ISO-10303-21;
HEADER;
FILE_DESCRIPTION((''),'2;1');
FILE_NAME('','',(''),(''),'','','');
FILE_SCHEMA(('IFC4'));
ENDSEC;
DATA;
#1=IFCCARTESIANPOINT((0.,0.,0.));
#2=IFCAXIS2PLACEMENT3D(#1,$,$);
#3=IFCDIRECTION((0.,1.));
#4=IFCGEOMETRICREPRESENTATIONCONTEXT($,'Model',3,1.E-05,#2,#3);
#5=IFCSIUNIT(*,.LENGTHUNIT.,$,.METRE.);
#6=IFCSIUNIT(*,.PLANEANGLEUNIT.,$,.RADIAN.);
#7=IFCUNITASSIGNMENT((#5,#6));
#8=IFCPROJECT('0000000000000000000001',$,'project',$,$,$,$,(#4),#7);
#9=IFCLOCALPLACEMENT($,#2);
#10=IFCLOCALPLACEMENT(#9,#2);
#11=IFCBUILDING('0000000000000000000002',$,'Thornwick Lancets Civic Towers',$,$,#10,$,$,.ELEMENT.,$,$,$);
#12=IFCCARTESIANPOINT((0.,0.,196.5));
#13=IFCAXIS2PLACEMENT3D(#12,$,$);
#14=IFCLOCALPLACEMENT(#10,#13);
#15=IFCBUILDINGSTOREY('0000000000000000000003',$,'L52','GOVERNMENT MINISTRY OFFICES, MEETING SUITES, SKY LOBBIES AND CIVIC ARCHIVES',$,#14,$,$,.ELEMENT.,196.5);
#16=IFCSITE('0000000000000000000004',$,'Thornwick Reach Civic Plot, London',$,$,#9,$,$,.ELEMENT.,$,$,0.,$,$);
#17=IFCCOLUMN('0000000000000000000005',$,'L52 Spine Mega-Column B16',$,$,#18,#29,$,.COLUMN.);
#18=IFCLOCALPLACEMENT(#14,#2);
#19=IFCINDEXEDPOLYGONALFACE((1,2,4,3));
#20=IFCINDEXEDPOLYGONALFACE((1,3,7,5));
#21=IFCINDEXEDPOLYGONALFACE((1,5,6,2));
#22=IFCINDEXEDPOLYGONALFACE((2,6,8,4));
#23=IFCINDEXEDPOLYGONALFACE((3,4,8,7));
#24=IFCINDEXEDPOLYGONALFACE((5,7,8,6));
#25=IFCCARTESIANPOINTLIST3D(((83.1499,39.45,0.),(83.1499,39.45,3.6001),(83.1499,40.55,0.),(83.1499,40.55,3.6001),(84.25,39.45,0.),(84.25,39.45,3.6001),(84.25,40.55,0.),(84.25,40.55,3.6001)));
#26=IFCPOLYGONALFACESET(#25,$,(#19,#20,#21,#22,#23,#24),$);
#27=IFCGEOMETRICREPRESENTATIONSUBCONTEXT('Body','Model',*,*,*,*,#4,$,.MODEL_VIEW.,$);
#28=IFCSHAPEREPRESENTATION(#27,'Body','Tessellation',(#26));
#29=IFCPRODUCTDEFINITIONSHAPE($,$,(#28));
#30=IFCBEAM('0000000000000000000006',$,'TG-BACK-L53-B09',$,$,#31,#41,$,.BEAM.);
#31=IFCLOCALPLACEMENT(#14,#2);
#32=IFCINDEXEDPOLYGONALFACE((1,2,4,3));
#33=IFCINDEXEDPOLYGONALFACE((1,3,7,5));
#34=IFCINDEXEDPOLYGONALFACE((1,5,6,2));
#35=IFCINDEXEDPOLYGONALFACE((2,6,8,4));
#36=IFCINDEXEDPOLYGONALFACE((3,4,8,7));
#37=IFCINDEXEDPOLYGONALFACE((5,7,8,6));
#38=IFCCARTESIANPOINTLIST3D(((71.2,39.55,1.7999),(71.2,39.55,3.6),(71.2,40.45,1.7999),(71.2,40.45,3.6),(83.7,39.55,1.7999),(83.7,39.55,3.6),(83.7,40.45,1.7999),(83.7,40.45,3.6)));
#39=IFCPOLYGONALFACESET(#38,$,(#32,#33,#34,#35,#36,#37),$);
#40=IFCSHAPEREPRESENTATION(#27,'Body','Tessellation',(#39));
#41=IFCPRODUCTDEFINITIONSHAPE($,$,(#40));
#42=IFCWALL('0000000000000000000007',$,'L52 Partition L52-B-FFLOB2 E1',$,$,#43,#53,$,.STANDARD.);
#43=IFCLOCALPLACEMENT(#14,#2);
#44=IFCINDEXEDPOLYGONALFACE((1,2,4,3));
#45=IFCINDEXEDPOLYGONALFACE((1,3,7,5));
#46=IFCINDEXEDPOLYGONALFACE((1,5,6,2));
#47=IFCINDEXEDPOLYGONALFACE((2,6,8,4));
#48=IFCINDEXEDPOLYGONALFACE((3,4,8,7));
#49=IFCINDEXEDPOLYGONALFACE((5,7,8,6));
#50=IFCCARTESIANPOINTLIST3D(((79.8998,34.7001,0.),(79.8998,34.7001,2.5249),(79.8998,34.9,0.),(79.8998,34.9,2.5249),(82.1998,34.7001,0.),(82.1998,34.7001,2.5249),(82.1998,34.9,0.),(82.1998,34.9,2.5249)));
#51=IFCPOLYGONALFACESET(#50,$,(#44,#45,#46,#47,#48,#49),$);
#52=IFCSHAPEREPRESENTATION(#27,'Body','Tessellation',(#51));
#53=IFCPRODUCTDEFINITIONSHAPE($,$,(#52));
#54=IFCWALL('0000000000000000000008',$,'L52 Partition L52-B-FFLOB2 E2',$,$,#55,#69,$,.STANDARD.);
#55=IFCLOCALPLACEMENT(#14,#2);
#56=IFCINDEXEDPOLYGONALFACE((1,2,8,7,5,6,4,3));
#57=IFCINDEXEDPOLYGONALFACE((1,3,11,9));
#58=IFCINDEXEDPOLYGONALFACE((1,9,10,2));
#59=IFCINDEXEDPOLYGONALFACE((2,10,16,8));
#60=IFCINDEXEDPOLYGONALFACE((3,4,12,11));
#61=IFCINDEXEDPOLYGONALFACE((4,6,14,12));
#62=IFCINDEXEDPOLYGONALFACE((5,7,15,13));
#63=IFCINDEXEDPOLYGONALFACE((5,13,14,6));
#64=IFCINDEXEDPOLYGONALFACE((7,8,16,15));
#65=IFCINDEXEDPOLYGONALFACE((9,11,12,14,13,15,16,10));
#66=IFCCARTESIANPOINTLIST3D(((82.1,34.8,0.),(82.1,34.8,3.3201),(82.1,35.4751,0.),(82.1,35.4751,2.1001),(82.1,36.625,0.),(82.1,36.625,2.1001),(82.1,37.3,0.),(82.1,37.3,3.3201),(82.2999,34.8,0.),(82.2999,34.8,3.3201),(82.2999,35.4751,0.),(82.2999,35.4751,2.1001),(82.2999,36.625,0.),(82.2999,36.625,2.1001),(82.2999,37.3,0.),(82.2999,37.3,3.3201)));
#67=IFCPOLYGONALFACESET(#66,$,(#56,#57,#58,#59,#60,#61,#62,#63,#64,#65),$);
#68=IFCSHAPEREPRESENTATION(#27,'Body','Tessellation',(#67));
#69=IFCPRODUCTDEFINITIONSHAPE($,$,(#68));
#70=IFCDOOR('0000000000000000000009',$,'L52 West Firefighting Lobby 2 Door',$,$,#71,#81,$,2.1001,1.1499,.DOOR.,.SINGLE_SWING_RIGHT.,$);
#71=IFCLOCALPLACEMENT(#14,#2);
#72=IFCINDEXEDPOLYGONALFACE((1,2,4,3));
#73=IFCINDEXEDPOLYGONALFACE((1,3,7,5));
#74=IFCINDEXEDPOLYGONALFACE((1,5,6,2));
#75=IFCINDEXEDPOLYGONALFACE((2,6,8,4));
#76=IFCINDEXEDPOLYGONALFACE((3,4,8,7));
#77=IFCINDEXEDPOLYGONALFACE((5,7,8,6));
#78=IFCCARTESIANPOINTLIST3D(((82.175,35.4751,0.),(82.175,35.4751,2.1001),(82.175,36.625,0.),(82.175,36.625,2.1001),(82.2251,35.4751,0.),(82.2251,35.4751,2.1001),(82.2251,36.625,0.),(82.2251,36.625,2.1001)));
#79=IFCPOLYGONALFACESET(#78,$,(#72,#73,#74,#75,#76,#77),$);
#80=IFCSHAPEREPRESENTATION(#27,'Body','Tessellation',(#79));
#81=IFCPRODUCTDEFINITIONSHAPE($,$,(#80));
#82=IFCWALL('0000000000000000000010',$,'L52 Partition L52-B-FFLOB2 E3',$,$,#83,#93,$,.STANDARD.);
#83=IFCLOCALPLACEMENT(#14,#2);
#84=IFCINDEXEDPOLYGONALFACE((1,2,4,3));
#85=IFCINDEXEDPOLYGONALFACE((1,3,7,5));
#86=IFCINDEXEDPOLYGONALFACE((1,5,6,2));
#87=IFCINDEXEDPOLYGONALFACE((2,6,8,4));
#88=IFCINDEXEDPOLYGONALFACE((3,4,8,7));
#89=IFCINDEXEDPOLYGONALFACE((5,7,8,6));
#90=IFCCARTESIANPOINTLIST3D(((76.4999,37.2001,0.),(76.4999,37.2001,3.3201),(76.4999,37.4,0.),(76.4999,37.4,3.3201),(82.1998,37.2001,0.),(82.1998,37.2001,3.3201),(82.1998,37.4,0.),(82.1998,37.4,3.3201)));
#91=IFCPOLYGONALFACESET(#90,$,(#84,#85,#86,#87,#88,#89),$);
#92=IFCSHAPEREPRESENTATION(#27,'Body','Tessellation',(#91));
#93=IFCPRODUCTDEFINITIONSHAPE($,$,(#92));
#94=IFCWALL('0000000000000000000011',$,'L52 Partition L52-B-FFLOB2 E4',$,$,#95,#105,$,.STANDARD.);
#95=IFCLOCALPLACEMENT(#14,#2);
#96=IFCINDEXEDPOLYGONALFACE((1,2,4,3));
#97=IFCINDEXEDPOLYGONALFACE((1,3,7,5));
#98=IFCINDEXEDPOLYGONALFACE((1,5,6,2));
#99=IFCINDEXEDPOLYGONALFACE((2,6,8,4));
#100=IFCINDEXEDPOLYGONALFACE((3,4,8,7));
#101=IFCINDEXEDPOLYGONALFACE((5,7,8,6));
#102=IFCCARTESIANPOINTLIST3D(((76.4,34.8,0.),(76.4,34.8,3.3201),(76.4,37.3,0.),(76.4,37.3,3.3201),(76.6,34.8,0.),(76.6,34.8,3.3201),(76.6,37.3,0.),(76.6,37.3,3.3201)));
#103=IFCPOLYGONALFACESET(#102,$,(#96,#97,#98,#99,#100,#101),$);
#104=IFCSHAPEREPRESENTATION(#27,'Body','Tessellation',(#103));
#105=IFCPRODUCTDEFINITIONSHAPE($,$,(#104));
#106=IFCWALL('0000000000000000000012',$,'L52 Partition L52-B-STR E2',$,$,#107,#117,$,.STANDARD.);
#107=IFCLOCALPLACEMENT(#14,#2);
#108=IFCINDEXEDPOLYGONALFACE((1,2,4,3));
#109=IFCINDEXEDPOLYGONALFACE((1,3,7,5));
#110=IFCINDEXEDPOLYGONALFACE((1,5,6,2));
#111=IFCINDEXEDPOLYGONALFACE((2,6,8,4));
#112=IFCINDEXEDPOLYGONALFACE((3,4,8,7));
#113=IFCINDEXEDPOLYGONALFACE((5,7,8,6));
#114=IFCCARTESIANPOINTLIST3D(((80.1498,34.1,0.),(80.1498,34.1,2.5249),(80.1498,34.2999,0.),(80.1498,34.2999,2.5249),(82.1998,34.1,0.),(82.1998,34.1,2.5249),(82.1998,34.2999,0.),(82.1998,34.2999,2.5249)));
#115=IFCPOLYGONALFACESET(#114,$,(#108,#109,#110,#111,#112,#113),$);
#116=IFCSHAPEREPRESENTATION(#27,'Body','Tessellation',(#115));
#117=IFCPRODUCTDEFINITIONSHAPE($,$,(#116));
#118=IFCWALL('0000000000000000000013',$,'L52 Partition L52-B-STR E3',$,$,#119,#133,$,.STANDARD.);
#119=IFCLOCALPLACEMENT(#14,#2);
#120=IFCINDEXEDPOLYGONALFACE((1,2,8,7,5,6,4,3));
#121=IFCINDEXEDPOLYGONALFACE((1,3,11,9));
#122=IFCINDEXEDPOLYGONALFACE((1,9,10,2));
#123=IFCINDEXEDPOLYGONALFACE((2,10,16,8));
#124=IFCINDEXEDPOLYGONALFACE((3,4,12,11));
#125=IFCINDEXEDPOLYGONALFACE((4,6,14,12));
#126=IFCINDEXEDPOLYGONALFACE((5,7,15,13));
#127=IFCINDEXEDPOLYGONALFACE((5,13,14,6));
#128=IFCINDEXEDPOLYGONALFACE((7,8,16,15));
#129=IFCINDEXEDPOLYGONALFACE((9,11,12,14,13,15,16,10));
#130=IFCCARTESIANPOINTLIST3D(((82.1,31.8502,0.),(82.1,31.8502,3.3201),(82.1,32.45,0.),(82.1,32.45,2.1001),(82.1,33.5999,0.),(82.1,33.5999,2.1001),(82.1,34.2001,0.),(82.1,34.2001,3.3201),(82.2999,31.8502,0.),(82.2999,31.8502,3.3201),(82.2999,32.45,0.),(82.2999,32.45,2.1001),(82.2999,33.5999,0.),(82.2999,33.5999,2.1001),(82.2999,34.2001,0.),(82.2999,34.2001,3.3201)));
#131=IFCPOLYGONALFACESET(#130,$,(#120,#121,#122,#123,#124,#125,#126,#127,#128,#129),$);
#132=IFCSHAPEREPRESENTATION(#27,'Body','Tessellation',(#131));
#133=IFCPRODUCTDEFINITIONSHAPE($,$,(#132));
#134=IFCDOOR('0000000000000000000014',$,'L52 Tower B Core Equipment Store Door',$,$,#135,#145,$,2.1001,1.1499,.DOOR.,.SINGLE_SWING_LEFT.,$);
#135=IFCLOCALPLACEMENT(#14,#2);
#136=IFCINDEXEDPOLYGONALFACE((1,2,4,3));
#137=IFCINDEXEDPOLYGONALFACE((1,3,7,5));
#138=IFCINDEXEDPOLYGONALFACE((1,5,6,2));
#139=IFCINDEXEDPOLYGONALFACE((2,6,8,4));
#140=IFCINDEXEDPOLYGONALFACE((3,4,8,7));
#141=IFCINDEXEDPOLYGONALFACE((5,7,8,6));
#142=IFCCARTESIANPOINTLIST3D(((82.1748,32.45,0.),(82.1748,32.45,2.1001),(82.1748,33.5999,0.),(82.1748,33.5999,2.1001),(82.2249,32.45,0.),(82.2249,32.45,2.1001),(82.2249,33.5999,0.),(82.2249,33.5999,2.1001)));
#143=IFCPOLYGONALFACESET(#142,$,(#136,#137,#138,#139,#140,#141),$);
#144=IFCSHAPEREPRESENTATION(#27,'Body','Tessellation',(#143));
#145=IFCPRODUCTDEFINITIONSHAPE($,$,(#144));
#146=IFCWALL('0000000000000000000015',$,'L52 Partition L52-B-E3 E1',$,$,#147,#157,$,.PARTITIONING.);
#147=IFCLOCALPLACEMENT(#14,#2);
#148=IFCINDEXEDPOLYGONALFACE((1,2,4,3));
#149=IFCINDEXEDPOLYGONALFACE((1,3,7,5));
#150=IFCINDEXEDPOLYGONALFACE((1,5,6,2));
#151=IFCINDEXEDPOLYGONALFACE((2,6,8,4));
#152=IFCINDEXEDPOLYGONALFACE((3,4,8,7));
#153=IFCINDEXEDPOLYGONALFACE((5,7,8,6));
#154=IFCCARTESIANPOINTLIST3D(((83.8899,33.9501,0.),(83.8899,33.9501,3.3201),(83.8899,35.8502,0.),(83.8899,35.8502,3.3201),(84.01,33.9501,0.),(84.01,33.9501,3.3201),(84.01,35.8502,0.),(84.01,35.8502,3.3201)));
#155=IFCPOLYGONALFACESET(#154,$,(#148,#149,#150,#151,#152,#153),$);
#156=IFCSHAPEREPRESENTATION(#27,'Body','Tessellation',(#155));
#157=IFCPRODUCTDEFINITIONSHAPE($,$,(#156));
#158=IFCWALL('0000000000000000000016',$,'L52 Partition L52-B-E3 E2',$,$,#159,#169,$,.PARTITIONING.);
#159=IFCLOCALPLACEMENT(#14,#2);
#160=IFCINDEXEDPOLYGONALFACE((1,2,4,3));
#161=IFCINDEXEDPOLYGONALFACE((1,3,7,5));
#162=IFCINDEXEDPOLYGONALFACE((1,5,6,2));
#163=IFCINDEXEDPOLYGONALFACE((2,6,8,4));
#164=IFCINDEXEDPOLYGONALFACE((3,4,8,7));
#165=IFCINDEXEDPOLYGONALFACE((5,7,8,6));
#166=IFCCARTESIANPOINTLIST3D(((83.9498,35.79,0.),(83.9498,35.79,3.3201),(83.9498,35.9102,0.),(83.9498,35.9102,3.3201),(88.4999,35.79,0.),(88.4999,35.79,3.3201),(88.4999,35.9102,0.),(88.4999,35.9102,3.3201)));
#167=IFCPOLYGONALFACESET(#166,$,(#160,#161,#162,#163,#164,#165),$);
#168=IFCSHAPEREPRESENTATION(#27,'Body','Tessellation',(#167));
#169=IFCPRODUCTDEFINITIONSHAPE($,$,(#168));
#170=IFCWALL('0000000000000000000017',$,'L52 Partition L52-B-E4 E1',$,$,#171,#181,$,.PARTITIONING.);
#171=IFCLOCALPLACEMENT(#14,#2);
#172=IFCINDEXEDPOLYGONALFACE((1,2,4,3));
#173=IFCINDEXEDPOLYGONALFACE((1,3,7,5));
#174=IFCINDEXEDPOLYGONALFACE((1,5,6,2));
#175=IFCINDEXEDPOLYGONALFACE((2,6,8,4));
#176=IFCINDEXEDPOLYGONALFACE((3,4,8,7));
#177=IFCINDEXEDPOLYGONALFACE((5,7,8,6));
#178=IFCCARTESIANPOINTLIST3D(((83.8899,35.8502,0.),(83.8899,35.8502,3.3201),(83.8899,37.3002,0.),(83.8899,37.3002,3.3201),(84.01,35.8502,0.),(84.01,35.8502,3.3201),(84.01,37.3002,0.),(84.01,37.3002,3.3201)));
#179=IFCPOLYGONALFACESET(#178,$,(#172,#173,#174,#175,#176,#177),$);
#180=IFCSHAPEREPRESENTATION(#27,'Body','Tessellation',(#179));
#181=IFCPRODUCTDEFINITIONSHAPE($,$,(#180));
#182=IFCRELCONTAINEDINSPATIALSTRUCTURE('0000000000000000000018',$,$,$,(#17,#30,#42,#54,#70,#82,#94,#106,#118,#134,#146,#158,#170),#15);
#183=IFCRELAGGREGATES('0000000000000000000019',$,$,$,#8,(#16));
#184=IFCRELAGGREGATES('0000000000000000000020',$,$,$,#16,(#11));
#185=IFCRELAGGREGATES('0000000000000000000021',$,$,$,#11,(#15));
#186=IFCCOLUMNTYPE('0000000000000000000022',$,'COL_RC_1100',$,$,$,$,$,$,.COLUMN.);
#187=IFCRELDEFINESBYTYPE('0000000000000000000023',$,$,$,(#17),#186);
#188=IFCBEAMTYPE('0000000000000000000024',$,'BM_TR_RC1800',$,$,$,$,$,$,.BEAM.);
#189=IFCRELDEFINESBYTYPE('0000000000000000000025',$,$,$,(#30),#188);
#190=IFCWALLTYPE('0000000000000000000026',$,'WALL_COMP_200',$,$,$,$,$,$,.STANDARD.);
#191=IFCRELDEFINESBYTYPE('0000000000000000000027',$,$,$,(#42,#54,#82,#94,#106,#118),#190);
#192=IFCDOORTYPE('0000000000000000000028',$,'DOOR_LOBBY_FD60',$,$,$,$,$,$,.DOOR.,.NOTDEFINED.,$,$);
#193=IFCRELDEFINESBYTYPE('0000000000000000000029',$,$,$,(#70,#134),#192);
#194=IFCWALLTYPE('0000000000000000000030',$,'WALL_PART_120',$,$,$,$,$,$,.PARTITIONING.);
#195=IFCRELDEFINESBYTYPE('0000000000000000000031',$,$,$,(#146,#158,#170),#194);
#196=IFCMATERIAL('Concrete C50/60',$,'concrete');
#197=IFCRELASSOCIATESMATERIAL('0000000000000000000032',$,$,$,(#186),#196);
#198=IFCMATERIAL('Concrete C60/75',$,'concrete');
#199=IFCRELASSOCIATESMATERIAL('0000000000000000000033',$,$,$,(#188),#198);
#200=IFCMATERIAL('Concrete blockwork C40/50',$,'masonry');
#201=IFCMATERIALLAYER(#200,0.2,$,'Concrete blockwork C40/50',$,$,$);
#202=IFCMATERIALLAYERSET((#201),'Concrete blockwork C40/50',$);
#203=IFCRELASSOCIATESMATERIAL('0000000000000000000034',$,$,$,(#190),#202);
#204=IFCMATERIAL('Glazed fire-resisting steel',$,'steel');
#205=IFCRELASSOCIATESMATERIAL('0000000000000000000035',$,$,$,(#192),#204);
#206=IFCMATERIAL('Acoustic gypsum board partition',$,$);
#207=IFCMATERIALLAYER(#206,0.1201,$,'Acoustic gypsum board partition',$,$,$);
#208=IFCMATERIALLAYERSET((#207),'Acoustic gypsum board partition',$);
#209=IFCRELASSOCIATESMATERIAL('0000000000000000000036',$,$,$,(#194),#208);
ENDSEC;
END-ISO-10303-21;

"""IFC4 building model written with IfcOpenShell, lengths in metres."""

from ifc_helpers import new_model, si_unit, direction, frame, frame_2d, origin, origin_2d, place, context, subcontext, project, spatial, rectangle, extrude, material, layer, layer_set, material_profile, profile_set, type_object, element, fill, save


model = new_model("IFC4")

# Units and contexts
model_context = context("Model", 3, precision=1e-05, world=origin(), true_north=direction((0.0, 1.0)))
body_context = subcontext(model_context, "Body", "Model", "MODEL_VIEW")
ifc_project = project(units=[si_unit("LENGTHUNIT", "METRE"), si_unit("PLANEANGLEUNIT", "RADIAN")], contexts=[model_context])

# Site, building, storey
site_placement = place(None, origin())
site = spatial("IfcSite", under=ifc_project, at=site_placement, Name="Thornwick Reach Civic Plot, London", CompositionType="ELEMENT", RefElevation=0.0)
building_placement = place(site_placement, origin())
building = spatial("IfcBuilding", under=site, at=building_placement, Name="Thornwick Lancets Civic Towers", CompositionType="ELEMENT")
storey_placement = place(building_placement, frame((0.0, 0.0, 196.5)))
storey = spatial("IfcBuildingStorey", under=building, at=storey_placement, Name="L52", Description="GOVERNMENT MINISTRY OFFICES, MEETING SUITES, SKY LOBBIES AND CIVIC ARCHIVES", CompositionType="ELEMENT", Elevation=196.5)

# Column
ifc_material_1 = material(Name="Concrete C50/60", Category="concrete")
ifc_material_profile_1 = material_profile(ifc_material_1, rectangle(XDim=1.1001, YDim=1.1001, at=origin_2d()), Name="RC 1100x1100")
ifc_profile_set_1 = profile_set([ifc_material_profile_1], Name="Concrete C50/60")
column_type = type_object("IfcColumnType", Name="COL_RC_1100", PredefinedType="COLUMN", material=ifc_profile_set_1)
column_placement = place(storey_placement, frame((83.7, 40.0, 0.0), z_axis=(0.0, 0.0, 1.0), x_axis=(1.0, 0.0, 0.0)))
element("IfcColumn", 1, at=column_placement, inside=storey, type_object=column_type, Name="L52 Spine Mega-Column B16", PredefinedType="COLUMN", context=body_context, shape_type="SweptSolid", body=[
    extrude(rectangle(XDim=1.1001, YDim=1.1001, at=origin_2d()), origin(), (0.0, 0.0, 1.0), 3.6001),
])

# Beam
ifc_material_2 = material(Name="Concrete C60/75", Category="concrete")
ifc_material_profile_2 = material_profile(ifc_material_2, rectangle(XDim=0.8999, YDim=1.8, at=origin_2d()), Name="RC 900x1800")
ifc_profile_set_2 = profile_set([ifc_material_profile_2], Name="Concrete C60/75")
beam_type = type_object("IfcBeamType", Name="BM_TR_RC1800", PredefinedType="BEAM", material=ifc_profile_set_2)
beam_placement = place(storey_placement, frame((83.7, 40.0, 2.7), z_axis=(-1.0, 0.0, 0.0), x_axis=(0.0, -1.0, 0.0)))
element("IfcBeam", 2, at=beam_placement, inside=storey, type_object=beam_type, Name="TG-BACK-L53-B09", PredefinedType="BEAM", context=body_context, shape_type="SweptSolid", body=[
    extrude(rectangle(XDim=0.8999, YDim=1.8, at=origin_2d()), origin(), (0.0, 0.0, 1.0), 12.5),
])

# Wall
ifc_material_3 = material(Name="Concrete blockwork C40/50", Category="masonry")
ifc_layer_1 = layer(ifc_material_3, 0.2, Name="Concrete blockwork C40/50")
ifc_layer_set_1 = layer_set([ifc_layer_1], Name="Concrete blockwork C40/50")
wall_type_1 = type_object("IfcWallType", Name="WALL_COMP_200", PredefinedType="STANDARD", material=ifc_layer_set_1)
wall_1_placement = place(storey_placement, frame((79.8999, 34.8, 0.0), z_axis=(0.0, 0.0, 1.0), x_axis=(1.0, 0.0, 0.0)))
element("IfcWall", 3, at=wall_1_placement, inside=storey, type_object=wall_type_1, Name="L52 Partition L52-B-FFLOB2 E1", PredefinedType="STANDARD", context=body_context, shape_type="SweptSolid", body=[
    extrude(rectangle(XDim=2.3, YDim=0.2, at=frame_2d((1.1499, 0.0))), origin(), (0.0, 0.0, 1.0), 2.5249),
])

# Wall, opening, door
wall_2_placement = place(storey_placement, frame((82.2, 34.8, 0.0), z_axis=(0.0, 0.0, 1.0), x_axis=(0.0, 1.0, 0.0)))
wall_2 = element("IfcWall", 4, at=wall_2_placement, inside=storey, type_object=wall_type_1, Name="L52 Partition L52-B-FFLOB2 E2", PredefinedType="STANDARD", context=body_context, shape_type="SweptSolid", body=[
    extrude(rectangle(XDim=2.5, YDim=0.2, at=frame_2d((1.25, 0.0))), origin(), (0.0, 0.0, 1.0), 3.3201),
])
opening_1_placement = place(wall_2_placement, frame((0.675, 0.0, 0.0)))
opening_1 = element("IfcOpeningElement", 5, at=opening_1_placement, cuts=wall_2, PredefinedType="OPENING", context=body_context, shape_type="SweptSolid", body=[
    extrude(rectangle(XDim=1.1499, YDim=2.1001, at=frame_2d((0.575, 1.05))), frame((0.0, 0.1099, 0.0), z_axis=(0.0, -1.0, 0.0), x_axis=(1.0, 0.0, 0.0)), (0.0, 0.0, 1.0), 0.22),
])
ifc_material_4 = material(Name="Glazed fire-resisting steel", Category="steel")
door_type_1 = type_object("IfcDoorType", Name="DOOR_LOBBY_FD60", OperationType="NOTDEFINED", PredefinedType="DOOR", material=ifc_material_4)
door_1_placement = place(opening_1_placement, origin())
door_1 = element("IfcDoor", 6, at=door_1_placement, inside=storey, type_object=door_type_1, Name="L52 West Firefighting Lobby 2 Door", OperationType="SINGLE_SWING_RIGHT", OverallHeight=2.1001, OverallWidth=1.1499, PredefinedType="DOOR", context=body_context, shape_type="SweptSolid", body=[
    extrude(rectangle(XDim=1.1499, YDim=2.1001, at=frame_2d((0.575, 1.05))), frame((0.0, 0.0249, 0.0), z_axis=(0.0, -1.0, 0.0), x_axis=(1.0, 0.0, 0.0)), (0.0, 0.0, 1.0), 0.05),
])
fill(opening_1, door_1)

# Walls
wall_3_placement = place(storey_placement, frame((82.2, 37.3, 0.0), z_axis=(0.0, 0.0, 1.0), x_axis=(-1.0, 0.0, 0.0)))
element("IfcWall", 7, at=wall_3_placement, inside=storey, type_object=wall_type_1, Name="L52 Partition L52-B-FFLOB2 E3", PredefinedType="STANDARD", context=body_context, shape_type="SweptSolid", body=[
    extrude(rectangle(XDim=5.7, YDim=0.2, at=frame_2d((2.8501, 0.0))), origin(), (0.0, 0.0, 1.0), 3.3201),
])
wall_4_placement = place(storey_placement, frame((76.5, 37.3, 0.0), z_axis=(0.0, 0.0, 1.0), x_axis=(0.0, -1.0, 0.0)))
element("IfcWall", 8, at=wall_4_placement, inside=storey, type_object=wall_type_1, Name="L52 Partition L52-B-FFLOB2 E4", PredefinedType="STANDARD", context=body_context, shape_type="SweptSolid", body=[
    extrude(rectangle(XDim=2.5, YDim=0.2, at=frame_2d((1.25, 0.0))), origin(), (0.0, 0.0, 1.0), 3.3201),
])
wall_5_placement = place(storey_placement, frame((80.1499, 34.2, 0.0), z_axis=(0.0, 0.0, 1.0), x_axis=(1.0, 0.0, 0.0)))
element("IfcWall", 9, at=wall_5_placement, inside=storey, type_object=wall_type_1, Name="L52 Partition L52-B-STR E2", PredefinedType="STANDARD", context=body_context, shape_type="SweptSolid", body=[
    extrude(rectangle(XDim=2.05, YDim=0.2, at=frame_2d((1.0249, 0.0))), origin(), (0.0, 0.0, 1.0), 2.5249),
])

# Wall, opening, door
wall_6_placement = place(storey_placement, frame((82.2, 34.2, 0.0), z_axis=(0.0, 0.0, 1.0), x_axis=(0.0, -1.0, 0.0)))
wall_6 = element("IfcWall", 10, at=wall_6_placement, inside=storey, type_object=wall_type_1, Name="L52 Partition L52-B-STR E3", PredefinedType="STANDARD", context=body_context, shape_type="SweptSolid", body=[
    extrude(rectangle(XDim=2.3499, YDim=0.2, at=frame_2d((1.1748, 0.0))), origin(), (0.0, 0.0, 1.0), 3.3201),
])
opening_2_placement = place(wall_6_placement, frame((0.6001, 0.0, 0.0)))
opening_2 = element("IfcOpeningElement", 11, at=opening_2_placement, cuts=wall_6, PredefinedType="OPENING", context=body_context, shape_type="SweptSolid", body=[
    extrude(rectangle(XDim=1.1499, YDim=2.1001, at=frame_2d((0.575, 1.05))), frame((0.0, 0.1099, 0.0), z_axis=(0.0, -1.0, 0.0), x_axis=(1.0, 0.0, 0.0)), (0.0, 0.0, 1.0), 0.22),
])
door_2_placement = place(opening_2_placement, origin())
door_2 = element("IfcDoor", 12, at=door_2_placement, inside=storey, type_object=door_type_1, Name="L52 Tower B Core Equipment Store Door", OperationType="SINGLE_SWING_LEFT", OverallHeight=2.1001, OverallWidth=1.1499, PredefinedType="DOOR", context=body_context, shape_type="SweptSolid", body=[
    extrude(rectangle(XDim=1.1499, YDim=2.1001, at=frame_2d((0.575, 1.05))), frame((0.0, 0.0249, 0.0), z_axis=(0.0, -1.0, 0.0), x_axis=(1.0, 0.0, 0.0)), (0.0, 0.0, 1.0), 0.05),
])
fill(opening_2, door_2)

# Walls
ifc_material_5 = material(Name="Acoustic gypsum board partition")
ifc_layer_2 = layer(ifc_material_5, 0.1201, Name="Acoustic gypsum board partition")
ifc_layer_set_2 = layer_set([ifc_layer_2], Name="Acoustic gypsum board partition")
wall_type_2 = type_object("IfcWallType", Name="WALL_PART_120", PredefinedType="PARTITIONING", material=ifc_layer_set_2)
wall_7_placement = place(storey_placement, frame((83.95, 33.95, 0.0), z_axis=(0.0, 0.0, 1.0), x_axis=(0.0, 1.0, 0.0)))
element("IfcWall", 13, at=wall_7_placement, inside=storey, type_object=wall_type_2, Name="L52 Partition L52-B-E3 E1", PredefinedType="PARTITIONING", context=body_context, shape_type="SweptSolid", body=[
    extrude(rectangle(XDim=1.9001, YDim=0.1201, at=frame_2d((0.9502, 0.0))), origin(), (0.0, 0.0, 1.0), 3.3201),
])
wall_8_placement = place(storey_placement, frame((83.95, 35.8501, 0.0), z_axis=(0.0, 0.0, 1.0), x_axis=(1.0, 0.0, 0.0)))
element("IfcWall", 14, at=wall_8_placement, inside=storey, type_object=wall_type_2, Name="L52 Partition L52-B-E3 E2", PredefinedType="PARTITIONING", context=body_context, shape_type="SweptSolid", body=[
    extrude(rectangle(XDim=4.55, YDim=0.1201, at=frame_2d((2.2749, 0.0))), origin(), (0.0, 0.0, 1.0), 3.3201),
])
wall_9_placement = place(storey_placement, frame((83.95, 35.8501, 0.0), z_axis=(0.0, 0.0, 1.0), x_axis=(0.0, 1.0, 0.0)))
element("IfcWall", 15, at=wall_9_placement, inside=storey, type_object=wall_type_2, Name="L52 Partition L52-B-E4 E1", PredefinedType="PARTITIONING", context=body_context, shape_type="SweptSolid", body=[
    extrude(rectangle(XDim=1.45, YDim=0.1201, at=frame_2d((0.7251, 0.0))), origin(), (0.0, 0.0, 1.0), 3.3201),
])

save(model, "model.ifc")
